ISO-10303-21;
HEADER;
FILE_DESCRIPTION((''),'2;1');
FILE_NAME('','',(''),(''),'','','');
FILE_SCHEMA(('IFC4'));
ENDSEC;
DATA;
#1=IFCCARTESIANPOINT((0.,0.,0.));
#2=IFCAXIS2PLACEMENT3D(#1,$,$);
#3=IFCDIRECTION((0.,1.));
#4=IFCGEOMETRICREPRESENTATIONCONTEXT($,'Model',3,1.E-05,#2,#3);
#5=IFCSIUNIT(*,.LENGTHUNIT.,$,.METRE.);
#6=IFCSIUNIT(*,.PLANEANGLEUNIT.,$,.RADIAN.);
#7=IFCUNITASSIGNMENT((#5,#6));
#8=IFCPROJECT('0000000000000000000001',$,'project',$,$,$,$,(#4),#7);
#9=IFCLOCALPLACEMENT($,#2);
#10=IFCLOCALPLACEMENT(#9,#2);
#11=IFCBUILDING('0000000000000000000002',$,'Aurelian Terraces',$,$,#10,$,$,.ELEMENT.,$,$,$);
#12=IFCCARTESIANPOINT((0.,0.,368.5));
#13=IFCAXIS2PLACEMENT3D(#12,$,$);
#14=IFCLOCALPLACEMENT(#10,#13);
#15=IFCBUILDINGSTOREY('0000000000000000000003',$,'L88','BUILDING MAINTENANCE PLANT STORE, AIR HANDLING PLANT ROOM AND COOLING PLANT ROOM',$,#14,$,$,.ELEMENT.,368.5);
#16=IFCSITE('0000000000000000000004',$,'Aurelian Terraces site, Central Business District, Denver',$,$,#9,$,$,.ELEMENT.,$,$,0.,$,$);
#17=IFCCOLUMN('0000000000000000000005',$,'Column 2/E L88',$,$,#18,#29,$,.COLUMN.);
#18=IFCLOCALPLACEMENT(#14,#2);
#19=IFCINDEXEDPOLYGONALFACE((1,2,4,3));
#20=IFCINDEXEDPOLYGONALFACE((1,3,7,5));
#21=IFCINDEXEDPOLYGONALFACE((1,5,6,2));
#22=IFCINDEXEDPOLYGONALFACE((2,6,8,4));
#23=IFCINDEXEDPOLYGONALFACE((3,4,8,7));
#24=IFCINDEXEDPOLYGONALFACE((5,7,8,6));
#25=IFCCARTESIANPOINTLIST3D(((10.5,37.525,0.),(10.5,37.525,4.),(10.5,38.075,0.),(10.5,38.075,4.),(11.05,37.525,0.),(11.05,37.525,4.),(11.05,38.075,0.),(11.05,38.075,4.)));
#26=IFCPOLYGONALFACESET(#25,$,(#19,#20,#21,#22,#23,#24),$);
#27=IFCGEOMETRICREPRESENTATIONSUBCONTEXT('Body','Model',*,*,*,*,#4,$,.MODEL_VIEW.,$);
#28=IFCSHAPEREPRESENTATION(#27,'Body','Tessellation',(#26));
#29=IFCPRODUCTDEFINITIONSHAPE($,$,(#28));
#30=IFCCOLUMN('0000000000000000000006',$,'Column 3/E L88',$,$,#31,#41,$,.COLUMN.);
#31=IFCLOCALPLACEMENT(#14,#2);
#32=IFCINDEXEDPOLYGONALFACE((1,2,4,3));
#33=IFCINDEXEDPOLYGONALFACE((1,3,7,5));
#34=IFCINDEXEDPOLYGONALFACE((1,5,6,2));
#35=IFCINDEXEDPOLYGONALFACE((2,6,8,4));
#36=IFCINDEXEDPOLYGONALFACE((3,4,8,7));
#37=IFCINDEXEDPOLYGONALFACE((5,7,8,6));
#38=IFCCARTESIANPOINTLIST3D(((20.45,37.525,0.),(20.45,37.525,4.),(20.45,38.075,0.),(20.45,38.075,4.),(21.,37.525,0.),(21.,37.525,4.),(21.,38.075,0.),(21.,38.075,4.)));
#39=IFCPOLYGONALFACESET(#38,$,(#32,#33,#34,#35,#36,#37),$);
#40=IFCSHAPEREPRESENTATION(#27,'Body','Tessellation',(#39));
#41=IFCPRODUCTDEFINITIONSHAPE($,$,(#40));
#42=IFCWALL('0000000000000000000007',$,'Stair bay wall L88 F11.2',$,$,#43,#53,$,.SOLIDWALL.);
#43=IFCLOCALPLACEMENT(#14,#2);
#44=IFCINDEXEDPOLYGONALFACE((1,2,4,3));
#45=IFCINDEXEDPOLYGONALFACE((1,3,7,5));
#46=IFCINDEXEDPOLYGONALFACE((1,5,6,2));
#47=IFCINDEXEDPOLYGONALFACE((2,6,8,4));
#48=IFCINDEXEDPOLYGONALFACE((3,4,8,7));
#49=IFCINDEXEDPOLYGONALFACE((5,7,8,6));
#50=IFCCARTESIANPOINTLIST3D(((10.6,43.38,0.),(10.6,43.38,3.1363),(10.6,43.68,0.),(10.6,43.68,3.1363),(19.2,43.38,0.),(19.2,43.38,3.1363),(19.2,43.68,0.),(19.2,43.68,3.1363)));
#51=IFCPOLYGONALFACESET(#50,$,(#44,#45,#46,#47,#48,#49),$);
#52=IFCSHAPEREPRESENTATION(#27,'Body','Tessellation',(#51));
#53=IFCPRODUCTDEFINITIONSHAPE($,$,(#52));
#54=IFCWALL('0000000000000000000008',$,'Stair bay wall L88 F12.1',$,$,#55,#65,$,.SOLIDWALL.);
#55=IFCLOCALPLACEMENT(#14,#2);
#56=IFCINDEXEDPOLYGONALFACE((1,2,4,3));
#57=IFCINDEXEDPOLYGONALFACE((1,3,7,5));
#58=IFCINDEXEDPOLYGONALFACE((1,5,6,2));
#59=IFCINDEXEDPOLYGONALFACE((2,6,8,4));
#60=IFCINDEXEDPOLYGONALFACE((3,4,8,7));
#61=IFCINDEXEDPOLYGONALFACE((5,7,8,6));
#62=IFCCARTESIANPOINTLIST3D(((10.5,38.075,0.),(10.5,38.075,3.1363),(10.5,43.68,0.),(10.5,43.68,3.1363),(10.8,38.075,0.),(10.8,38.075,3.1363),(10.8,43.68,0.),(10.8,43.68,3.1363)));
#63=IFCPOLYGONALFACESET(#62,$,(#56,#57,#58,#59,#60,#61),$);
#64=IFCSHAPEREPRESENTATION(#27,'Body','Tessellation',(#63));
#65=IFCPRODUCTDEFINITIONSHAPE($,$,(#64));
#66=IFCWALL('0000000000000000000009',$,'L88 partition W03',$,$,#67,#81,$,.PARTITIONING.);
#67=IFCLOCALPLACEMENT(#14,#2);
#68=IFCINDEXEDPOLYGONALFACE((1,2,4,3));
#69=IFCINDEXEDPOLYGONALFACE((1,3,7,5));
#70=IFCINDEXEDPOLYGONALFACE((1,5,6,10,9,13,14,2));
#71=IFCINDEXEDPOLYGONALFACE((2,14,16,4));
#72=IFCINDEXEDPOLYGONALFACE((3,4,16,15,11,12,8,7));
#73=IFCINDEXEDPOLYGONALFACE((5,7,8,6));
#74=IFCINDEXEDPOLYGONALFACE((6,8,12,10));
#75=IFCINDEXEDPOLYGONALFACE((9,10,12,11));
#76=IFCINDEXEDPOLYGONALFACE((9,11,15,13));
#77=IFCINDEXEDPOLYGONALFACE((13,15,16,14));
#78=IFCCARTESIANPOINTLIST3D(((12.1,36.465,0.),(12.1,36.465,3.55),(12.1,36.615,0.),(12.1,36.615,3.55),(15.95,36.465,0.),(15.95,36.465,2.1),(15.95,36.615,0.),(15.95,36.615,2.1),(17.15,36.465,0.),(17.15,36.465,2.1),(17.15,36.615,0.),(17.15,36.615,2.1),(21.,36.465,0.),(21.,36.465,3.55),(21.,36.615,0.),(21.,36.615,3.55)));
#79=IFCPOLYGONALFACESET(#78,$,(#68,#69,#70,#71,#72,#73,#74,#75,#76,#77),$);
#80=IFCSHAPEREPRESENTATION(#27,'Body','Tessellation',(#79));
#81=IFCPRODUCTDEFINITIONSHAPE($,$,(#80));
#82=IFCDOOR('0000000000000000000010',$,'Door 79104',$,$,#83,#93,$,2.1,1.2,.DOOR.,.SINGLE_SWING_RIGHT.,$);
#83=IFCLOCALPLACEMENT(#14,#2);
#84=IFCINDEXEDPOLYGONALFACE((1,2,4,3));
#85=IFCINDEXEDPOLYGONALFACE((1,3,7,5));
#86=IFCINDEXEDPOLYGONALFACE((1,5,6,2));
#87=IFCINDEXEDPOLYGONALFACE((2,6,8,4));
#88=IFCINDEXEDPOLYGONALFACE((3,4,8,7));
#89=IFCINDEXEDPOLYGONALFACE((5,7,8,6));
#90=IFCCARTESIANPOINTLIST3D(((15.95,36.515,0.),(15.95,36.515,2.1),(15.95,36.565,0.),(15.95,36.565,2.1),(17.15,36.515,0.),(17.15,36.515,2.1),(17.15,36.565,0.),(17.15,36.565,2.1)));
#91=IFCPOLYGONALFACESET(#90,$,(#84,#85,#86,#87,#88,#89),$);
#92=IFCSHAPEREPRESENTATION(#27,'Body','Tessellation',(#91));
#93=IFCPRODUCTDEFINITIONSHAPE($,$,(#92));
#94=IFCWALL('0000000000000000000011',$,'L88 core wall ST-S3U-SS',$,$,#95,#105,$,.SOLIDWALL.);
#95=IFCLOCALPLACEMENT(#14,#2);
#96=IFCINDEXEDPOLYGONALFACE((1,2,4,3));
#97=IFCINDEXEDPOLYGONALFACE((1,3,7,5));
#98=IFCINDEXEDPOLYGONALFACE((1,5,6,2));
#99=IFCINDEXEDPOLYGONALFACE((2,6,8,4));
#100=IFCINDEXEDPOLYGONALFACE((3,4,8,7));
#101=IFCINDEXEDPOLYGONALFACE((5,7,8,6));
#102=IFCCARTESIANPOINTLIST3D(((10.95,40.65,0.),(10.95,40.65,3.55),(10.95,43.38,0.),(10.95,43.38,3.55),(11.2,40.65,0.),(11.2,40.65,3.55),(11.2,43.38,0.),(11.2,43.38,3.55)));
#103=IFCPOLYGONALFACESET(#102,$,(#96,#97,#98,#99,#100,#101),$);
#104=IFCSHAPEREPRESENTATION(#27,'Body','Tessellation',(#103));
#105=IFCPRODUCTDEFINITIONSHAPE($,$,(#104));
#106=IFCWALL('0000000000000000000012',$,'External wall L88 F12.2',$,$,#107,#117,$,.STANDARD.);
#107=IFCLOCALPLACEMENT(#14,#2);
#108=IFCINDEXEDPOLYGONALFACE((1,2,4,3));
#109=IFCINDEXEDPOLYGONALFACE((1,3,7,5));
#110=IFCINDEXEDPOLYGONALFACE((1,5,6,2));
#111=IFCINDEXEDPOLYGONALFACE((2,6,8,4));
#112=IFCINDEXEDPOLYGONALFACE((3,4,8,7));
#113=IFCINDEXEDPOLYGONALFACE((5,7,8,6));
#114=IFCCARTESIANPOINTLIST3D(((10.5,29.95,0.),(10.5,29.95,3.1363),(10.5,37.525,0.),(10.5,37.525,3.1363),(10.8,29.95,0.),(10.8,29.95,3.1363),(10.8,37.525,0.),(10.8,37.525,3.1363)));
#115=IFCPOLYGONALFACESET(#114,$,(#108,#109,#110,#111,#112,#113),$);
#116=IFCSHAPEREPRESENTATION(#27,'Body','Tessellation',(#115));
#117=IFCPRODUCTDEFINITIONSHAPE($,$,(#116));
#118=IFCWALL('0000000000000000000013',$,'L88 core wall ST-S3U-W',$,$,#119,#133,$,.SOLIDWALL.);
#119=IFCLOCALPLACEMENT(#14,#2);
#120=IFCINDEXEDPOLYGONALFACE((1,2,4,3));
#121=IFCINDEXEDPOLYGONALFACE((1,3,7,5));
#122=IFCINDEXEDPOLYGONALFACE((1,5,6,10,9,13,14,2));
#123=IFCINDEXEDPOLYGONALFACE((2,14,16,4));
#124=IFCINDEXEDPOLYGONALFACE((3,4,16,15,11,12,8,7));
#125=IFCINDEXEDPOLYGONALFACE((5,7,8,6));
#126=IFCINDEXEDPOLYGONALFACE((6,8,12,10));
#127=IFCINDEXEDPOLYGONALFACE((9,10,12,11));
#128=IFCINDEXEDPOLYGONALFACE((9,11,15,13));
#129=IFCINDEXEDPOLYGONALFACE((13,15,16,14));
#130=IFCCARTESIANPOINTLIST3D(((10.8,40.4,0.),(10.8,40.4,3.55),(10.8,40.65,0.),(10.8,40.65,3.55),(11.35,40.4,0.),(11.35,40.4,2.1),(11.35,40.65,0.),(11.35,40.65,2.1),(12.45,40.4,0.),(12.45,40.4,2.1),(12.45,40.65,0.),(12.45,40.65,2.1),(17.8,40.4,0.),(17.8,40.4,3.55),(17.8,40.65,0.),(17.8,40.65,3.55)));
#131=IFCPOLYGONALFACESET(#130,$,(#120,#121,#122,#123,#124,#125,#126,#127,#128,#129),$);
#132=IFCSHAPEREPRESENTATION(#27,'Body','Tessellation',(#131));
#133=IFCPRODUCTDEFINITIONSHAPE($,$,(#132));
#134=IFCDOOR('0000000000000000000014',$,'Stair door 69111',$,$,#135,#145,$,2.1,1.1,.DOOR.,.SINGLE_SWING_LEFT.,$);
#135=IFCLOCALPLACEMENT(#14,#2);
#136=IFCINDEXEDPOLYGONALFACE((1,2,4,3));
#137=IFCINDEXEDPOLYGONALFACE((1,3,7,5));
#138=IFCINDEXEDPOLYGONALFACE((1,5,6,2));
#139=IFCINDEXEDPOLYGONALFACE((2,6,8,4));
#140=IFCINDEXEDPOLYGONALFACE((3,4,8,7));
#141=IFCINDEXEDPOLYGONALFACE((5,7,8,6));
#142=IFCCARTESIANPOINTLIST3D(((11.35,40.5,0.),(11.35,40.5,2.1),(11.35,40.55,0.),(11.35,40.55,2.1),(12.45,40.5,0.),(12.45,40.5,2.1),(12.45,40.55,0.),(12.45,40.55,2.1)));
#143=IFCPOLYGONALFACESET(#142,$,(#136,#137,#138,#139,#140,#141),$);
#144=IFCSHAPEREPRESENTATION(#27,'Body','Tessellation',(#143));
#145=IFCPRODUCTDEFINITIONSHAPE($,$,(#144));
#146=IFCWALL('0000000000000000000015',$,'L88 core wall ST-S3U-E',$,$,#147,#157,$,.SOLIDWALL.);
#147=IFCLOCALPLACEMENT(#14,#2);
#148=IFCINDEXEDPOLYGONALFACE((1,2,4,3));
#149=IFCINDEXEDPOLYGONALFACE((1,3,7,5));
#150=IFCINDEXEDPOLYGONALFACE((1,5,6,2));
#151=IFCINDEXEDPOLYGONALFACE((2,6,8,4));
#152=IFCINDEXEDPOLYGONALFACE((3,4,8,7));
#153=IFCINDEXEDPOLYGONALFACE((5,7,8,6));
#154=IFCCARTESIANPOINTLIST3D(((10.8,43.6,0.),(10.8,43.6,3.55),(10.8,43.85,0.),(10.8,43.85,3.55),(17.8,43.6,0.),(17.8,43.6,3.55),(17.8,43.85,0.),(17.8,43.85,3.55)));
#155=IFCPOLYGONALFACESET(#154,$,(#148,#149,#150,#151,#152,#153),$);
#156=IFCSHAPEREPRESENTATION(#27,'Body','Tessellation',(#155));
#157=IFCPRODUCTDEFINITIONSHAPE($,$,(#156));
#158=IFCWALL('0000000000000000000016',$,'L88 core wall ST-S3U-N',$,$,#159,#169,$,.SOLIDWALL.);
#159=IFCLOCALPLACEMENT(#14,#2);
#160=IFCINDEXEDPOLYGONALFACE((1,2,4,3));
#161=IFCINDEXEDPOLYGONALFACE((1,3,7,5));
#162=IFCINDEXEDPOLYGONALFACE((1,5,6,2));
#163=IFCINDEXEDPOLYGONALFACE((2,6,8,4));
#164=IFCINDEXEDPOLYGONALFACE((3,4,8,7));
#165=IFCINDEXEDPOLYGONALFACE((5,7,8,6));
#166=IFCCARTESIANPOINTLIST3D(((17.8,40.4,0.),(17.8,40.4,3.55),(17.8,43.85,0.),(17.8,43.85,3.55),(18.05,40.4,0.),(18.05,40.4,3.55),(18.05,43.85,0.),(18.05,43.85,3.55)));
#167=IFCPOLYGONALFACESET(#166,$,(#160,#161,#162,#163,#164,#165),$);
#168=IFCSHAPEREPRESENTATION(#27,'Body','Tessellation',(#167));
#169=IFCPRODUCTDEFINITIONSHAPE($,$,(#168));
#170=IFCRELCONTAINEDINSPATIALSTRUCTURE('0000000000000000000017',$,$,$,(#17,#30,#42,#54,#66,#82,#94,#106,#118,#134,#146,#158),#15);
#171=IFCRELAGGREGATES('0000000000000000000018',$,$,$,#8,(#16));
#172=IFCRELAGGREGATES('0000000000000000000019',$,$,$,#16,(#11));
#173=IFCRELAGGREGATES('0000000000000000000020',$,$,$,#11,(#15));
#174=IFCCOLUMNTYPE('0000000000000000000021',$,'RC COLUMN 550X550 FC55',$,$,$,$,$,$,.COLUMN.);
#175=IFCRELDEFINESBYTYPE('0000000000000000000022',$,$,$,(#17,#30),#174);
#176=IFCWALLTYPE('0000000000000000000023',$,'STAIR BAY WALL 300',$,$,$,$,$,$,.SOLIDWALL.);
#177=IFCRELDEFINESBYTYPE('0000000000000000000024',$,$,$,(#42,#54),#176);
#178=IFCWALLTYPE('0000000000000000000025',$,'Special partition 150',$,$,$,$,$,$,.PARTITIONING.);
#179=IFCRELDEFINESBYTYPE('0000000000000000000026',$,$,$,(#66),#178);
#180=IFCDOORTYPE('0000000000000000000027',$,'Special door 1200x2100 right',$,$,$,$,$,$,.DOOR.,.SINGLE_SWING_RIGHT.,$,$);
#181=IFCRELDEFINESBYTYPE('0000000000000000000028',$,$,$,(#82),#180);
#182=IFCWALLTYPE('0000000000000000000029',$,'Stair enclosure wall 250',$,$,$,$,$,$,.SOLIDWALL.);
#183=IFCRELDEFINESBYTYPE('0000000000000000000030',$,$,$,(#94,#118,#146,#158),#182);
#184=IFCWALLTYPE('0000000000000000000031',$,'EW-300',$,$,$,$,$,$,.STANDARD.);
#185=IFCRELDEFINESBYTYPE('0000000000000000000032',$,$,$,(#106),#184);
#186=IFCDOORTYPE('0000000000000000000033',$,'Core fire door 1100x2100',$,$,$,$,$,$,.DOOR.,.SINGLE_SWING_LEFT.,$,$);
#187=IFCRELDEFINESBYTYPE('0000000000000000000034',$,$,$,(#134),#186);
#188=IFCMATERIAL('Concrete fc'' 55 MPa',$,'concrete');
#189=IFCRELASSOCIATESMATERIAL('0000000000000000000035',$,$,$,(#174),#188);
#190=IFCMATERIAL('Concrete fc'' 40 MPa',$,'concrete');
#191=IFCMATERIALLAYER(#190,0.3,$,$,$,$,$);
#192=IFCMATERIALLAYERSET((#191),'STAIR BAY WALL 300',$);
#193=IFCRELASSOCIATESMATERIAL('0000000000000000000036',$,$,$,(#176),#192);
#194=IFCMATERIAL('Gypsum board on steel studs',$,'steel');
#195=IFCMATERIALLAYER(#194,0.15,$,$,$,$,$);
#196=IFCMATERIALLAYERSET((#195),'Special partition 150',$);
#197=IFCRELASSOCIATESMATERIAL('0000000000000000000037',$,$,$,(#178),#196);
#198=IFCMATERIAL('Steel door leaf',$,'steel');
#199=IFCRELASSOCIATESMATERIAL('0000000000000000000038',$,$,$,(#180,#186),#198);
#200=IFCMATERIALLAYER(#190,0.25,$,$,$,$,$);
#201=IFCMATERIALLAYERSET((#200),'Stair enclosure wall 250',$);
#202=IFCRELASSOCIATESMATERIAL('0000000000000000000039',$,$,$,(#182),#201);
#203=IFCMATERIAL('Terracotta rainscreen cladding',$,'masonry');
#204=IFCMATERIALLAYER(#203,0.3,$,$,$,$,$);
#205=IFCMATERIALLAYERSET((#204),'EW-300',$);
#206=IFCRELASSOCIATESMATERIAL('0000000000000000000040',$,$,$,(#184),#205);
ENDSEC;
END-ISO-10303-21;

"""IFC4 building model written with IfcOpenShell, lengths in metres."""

from ifc_helpers import new_model, si_unit, direction, frame, frame_2d, origin, origin_2d, place, context, subcontext, project, spatial, rectangle, extrude, source, transform, mapped, material, layer, layer_set, material_profile, profile_set, type_object, element, fill, save


model = new_model("IFC4")

# Units and contexts
model_context = context("Model", 3, precision=1e-05, world=origin(), true_north=direction((0.0, 1.0)))
body_context = subcontext(model_context, "Body", "Model", "MODEL_VIEW")
ifc_project = project(units=[si_unit("LENGTHUNIT", "METRE"), si_unit("PLANEANGLEUNIT", "RADIAN")], contexts=[model_context])

# Site, building, storey
site_placement = place(None, origin())
site = spatial("IfcSite", under=ifc_project, at=site_placement, Name="Aurelian Terraces site, Central Business District, Denver", CompositionType="ELEMENT", RefElevation=0.0)
building_placement = place(site_placement, origin())
building = spatial("IfcBuilding", under=site, at=building_placement, Name="Aurelian Terraces", CompositionType="ELEMENT")
storey_placement = place(building_placement, frame((0.0, 0.0, 368.5)))
storey = spatial("IfcBuildingStorey", under=building, at=storey_placement, Name="L88", Description="BUILDING MAINTENANCE PLANT STORE, AIR HANDLING PLANT ROOM AND COOLING PLANT ROOM", CompositionType="ELEMENT", Elevation=368.5)

# Columns
ifc_material_1 = material(Name="Concrete fc' 55 MPa", Category="concrete")
ifc_material_profile = material_profile(ifc_material_1, rectangle(XDim=0.55, YDim=0.55, at=origin_2d()))
ifc_profile_set = profile_set([ifc_material_profile], Name="Concrete fc' 55 MPa")
column_type = type_object("IfcColumnType", Name="RC COLUMN 550X550 FC55", PredefinedType="COLUMN", material=ifc_profile_set)
shared_shape_1 = source(origin(), body_context, "Body", "SweptSolid", [
    extrude(rectangle(XDim=0.55, YDim=0.55, at=origin_2d()), origin(), (0.0, 0.0, 1.0), 4.0),
])
for number, where, z_axis, x_axis, name in (
    (1, (10.775, 37.8, 0.0), (0.0, 0.0, 1.0), (1.0, 0.0, 0.0), "Column 2/E L88"),
    (2, (20.725, 37.8, 0.0), (0.0, 0.0, 1.0), (1.0, 0.0, 0.0), "Column 3/E L88"),
):
    element("IfcColumn", number, at=place(storey_placement, frame(where, z_axis=z_axis, x_axis=x_axis)), inside=storey, type_object=column_type, Name=name, PredefinedType="COLUMN", context=body_context, shape_type="MappedRepresentation", body=[
        mapped(shared_shape_1, transform((0.0, 0.0, 0.0), scale=1.0)),
    ])

# Walls
ifc_material_2 = material(Name="Concrete fc' 40 MPa", Category="concrete")
ifc_layer_1 = layer(ifc_material_2, 0.3)
ifc_layer_set_1 = layer_set([ifc_layer_1], Name="STAIR BAY WALL 300")
wall_type_1 = type_object("IfcWallType", Name="STAIR BAY WALL 300", PredefinedType="SOLIDWALL", material=ifc_layer_set_1)
wall_1_placement = place(storey_placement, frame((19.2, 43.53, 0.0), z_axis=(0.0, 0.0, 1.0), x_axis=(-1.0, 0.0, 0.0)))
element("IfcWall", 3, at=wall_1_placement, inside=storey, type_object=wall_type_1, Name="Stair bay wall L88 F11.2", PredefinedType="SOLIDWALL", context=body_context, shape_type="SweptSolid", body=[
    extrude(rectangle(XDim=8.6, YDim=0.3, at=frame_2d((4.3, 0.0))), origin(), (0.0, 0.0, 1.0), 3.1363),
])
wall_2_placement = place(storey_placement, frame((10.65, 43.68, 0.0), z_axis=(0.0, 0.0, 1.0), x_axis=(0.0, -1.0, 0.0)))
element("IfcWall", 4, at=wall_2_placement, inside=storey, type_object=wall_type_1, Name="Stair bay wall L88 F12.1", PredefinedType="SOLIDWALL", context=body_context, shape_type="SweptSolid", body=[
    extrude(rectangle(XDim=5.605, YDim=0.3, at=frame_2d((2.8025, 0.0))), origin(), (0.0, 0.0, 1.0), 3.1363),
])

# Wall, opening, door
ifc_material_3 = material(Name="Gypsum board on steel studs", Category="steel")
ifc_layer_2 = layer(ifc_material_3, 0.15)
ifc_layer_set_2 = layer_set([ifc_layer_2], Name="Special partition 150")
wall_type_2 = type_object("IfcWallType", Name="Special partition 150", PredefinedType="PARTITIONING", material=ifc_layer_set_2)
wall_3_placement = place(storey_placement, frame((12.1, 36.54, 0.0), z_axis=(0.0, 0.0, 1.0), x_axis=(1.0, 0.0, 0.0)))
wall_3 = element("IfcWall", 5, at=wall_3_placement, inside=storey, type_object=wall_type_2, Name="L88 partition W03", PredefinedType="PARTITIONING", context=body_context, shape_type="SweptSolid", body=[
    extrude(rectangle(XDim=8.9, YDim=0.15, at=frame_2d((4.45, 0.0))), origin(), (0.0, 0.0, 1.0), 3.55),
])
shared_shape_2 = source(origin(), body_context, "Body", "SweptSolid", [
    extrude(rectangle(XDim=1.2, YDim=2.1, at=frame_2d((0.6, 1.05))), frame((0.0, 0.085, 0.0), z_axis=(0.0, -1.0, 0.0), x_axis=(1.0, 0.0, 0.0)), (0.0, 0.0, 1.0), 0.17),
])
opening_1_placement = place(wall_3_placement, frame((3.85, 0.0, 0.0)))
opening_1 = element("IfcOpeningElement", 6, at=opening_1_placement, cuts=wall_3, PredefinedType="OPENING", context=body_context, shape_type="MappedRepresentation", body=[
    mapped(shared_shape_2, transform((0.0, 0.0, 0.0), scale=1.0)),
])
ifc_material_4 = material(Name="Steel door leaf", Category="steel")
door_type_1 = type_object("IfcDoorType", Name="Special door 1200x2100 right", OperationType="SINGLE_SWING_RIGHT", PredefinedType="DOOR", material=ifc_material_4)
shared_shape_3 = source(origin(), body_context, "Body", "SweptSolid", [
    extrude(rectangle(XDim=1.2, YDim=2.1, at=frame_2d((0.6, 1.05))), frame((0.0, 0.025, 0.0), z_axis=(0.0, -1.0, 0.0), x_axis=(1.0, 0.0, 0.0)), (0.0, 0.0, 1.0), 0.05),
])
door_1_placement = place(opening_1_placement, origin())
door_1 = element("IfcDoor", 7, at=door_1_placement, inside=storey, type_object=door_type_1, Name="Door 79104", OperationType="SINGLE_SWING_RIGHT", OverallHeight=2.1, OverallWidth=1.2, PredefinedType="DOOR", context=body_context, shape_type="MappedRepresentation", body=[
    mapped(shared_shape_3, transform((0.0, 0.0, 0.0), scale=1.0)),
])
fill(opening_1, door_1)

# Walls
ifc_layer_3 = layer(ifc_material_2, 0.25)
ifc_layer_set_3 = layer_set([ifc_layer_3], Name="Stair enclosure wall 250")
wall_type_3 = type_object("IfcWallType", Name="Stair enclosure wall 250", PredefinedType="SOLIDWALL", material=ifc_layer_set_3)
wall_4_placement = place(storey_placement, frame((11.075, 40.65, 0.0), z_axis=(0.0, 0.0, 1.0), x_axis=(0.0, 1.0, 0.0)))
element("IfcWall", 8, at=wall_4_placement, inside=storey, type_object=wall_type_3, Name="L88 core wall ST-S3U-SS", PredefinedType="SOLIDWALL", context=body_context, shape_type="SweptSolid", body=[
    extrude(rectangle(XDim=2.73, YDim=0.25, at=frame_2d((1.365, 0.0))), origin(), (0.0, 0.0, 1.0), 3.55),
])
ifc_material_5 = material(Name="Terracotta rainscreen cladding", Category="masonry")
ifc_layer_4 = layer(ifc_material_5, 0.3)
ifc_layer_set_4 = layer_set([ifc_layer_4], Name="EW-300")
wall_type_4 = type_object("IfcWallType", Name="EW-300", PredefinedType="STANDARD", material=ifc_layer_set_4)
shared_shape_4 = source(origin(), body_context, "Body", "SweptSolid", [
    extrude(rectangle(XDim=7.575, YDim=0.3, at=frame_2d((3.7875, 0.0))), origin(), (0.0, 0.0, 1.0), 3.1363),
])
wall_5_placement = place(storey_placement, frame((10.65, 37.525, 0.0), z_axis=(0.0, 0.0, 1.0), x_axis=(0.0, -1.0, 0.0)))
element("IfcWall", 9, at=wall_5_placement, inside=storey, type_object=wall_type_4, Name="External wall L88 F12.2", PredefinedType="STANDARD", context=body_context, shape_type="MappedRepresentation", body=[
    mapped(shared_shape_4, transform((0.0, 0.0, 0.0), scale=1.0)),
])

# Wall, opening, door
shared_shape_5 = source(origin(), body_context, "Body", "SweptSolid", [
    extrude(rectangle(XDim=7.0, YDim=0.25, at=frame_2d((3.5, 0.0))), origin(), (0.0, 0.0, 1.0), 3.55),
])
wall_6_placement = place(storey_placement, frame((10.8, 40.525, 0.0), z_axis=(0.0, 0.0, 1.0), x_axis=(1.0, 0.0, 0.0)))
wall_6 = element("IfcWall", 10, at=wall_6_placement, inside=storey, type_object=wall_type_3, Name="L88 core wall ST-S3U-W", PredefinedType="SOLIDWALL", context=body_context, shape_type="MappedRepresentation", body=[
    mapped(shared_shape_5, transform((0.0, 0.0, 0.0), scale=1.0)),
])
shared_shape_6 = source(origin(), body_context, "Body", "SweptSolid", [
    extrude(rectangle(XDim=1.1, YDim=2.1, at=frame_2d((0.55, 1.05))), frame((0.0, 0.135, 0.0), z_axis=(0.0, -1.0, 0.0), x_axis=(1.0, 0.0, 0.0)), (0.0, 0.0, 1.0), 0.27),
])
opening_2_placement = place(wall_6_placement, frame((0.55, 0.0, 0.0)))
opening_2 = element("IfcOpeningElement", 11, at=opening_2_placement, cuts=wall_6, PredefinedType="OPENING", context=body_context, shape_type="MappedRepresentation", body=[
    mapped(shared_shape_6, transform((0.0, 0.0, 0.0), scale=1.0)),
])
door_type_2 = type_object("IfcDoorType", Name="Core fire door 1100x2100", OperationType="SINGLE_SWING_LEFT", PredefinedType="DOOR", material=ifc_material_4)
shared_shape_7 = source(origin(), body_context, "Body", "SweptSolid", [
    extrude(rectangle(XDim=1.1, YDim=2.1, at=frame_2d((0.55, 1.05))), frame((0.0, 0.025, 0.0), z_axis=(0.0, -1.0, 0.0), x_axis=(1.0, 0.0, 0.0)), (0.0, 0.0, 1.0), 0.05),
])
door_2_placement = place(opening_2_placement, origin())
door_2 = element("IfcDoor", 12, at=door_2_placement, inside=storey, type_object=door_type_2, Name="Stair door 69111", OperationType="SINGLE_SWING_LEFT", OverallHeight=2.1, OverallWidth=1.1, PredefinedType="DOOR", context=body_context, shape_type="MappedRepresentation", body=[
    mapped(shared_shape_7, transform((0.0, 0.0, 0.0), scale=1.0)),
])
fill(opening_2, door_2)

# Walls
wall_7_placement = place(storey_placement, frame((10.8, 43.725, 0.0), z_axis=(0.0, 0.0, 1.0), x_axis=(1.0, 0.0, 0.0)))
element("IfcWall", 13, at=wall_7_placement, inside=storey, type_object=wall_type_3, Name="L88 core wall ST-S3U-E", PredefinedType="SOLIDWALL", context=body_context, shape_type="MappedRepresentation", body=[
    mapped(shared_shape_5, transform((0.0, 0.0, 0.0), scale=1.0)),
])
shared_shape_8 = source(origin(), body_context, "Body", "SweptSolid", [
    extrude(rectangle(XDim=3.45, YDim=0.25, at=frame_2d((1.725, 0.0))), origin(), (0.0, 0.0, 1.0), 3.55),
])
wall_8_placement = place(storey_placement, frame((17.925, 40.4, 0.0), z_axis=(0.0, 0.0, 1.0), x_axis=(0.0, 1.0, 0.0)))
element("IfcWall", 14, at=wall_8_placement, inside=storey, type_object=wall_type_3, Name="L88 core wall ST-S3U-N", PredefinedType="SOLIDWALL", context=body_context, shape_type="MappedRepresentation", body=[
    mapped(shared_shape_8, transform((0.0, 0.0, 0.0), scale=1.0)),
])

save(model, "model.ifc")
